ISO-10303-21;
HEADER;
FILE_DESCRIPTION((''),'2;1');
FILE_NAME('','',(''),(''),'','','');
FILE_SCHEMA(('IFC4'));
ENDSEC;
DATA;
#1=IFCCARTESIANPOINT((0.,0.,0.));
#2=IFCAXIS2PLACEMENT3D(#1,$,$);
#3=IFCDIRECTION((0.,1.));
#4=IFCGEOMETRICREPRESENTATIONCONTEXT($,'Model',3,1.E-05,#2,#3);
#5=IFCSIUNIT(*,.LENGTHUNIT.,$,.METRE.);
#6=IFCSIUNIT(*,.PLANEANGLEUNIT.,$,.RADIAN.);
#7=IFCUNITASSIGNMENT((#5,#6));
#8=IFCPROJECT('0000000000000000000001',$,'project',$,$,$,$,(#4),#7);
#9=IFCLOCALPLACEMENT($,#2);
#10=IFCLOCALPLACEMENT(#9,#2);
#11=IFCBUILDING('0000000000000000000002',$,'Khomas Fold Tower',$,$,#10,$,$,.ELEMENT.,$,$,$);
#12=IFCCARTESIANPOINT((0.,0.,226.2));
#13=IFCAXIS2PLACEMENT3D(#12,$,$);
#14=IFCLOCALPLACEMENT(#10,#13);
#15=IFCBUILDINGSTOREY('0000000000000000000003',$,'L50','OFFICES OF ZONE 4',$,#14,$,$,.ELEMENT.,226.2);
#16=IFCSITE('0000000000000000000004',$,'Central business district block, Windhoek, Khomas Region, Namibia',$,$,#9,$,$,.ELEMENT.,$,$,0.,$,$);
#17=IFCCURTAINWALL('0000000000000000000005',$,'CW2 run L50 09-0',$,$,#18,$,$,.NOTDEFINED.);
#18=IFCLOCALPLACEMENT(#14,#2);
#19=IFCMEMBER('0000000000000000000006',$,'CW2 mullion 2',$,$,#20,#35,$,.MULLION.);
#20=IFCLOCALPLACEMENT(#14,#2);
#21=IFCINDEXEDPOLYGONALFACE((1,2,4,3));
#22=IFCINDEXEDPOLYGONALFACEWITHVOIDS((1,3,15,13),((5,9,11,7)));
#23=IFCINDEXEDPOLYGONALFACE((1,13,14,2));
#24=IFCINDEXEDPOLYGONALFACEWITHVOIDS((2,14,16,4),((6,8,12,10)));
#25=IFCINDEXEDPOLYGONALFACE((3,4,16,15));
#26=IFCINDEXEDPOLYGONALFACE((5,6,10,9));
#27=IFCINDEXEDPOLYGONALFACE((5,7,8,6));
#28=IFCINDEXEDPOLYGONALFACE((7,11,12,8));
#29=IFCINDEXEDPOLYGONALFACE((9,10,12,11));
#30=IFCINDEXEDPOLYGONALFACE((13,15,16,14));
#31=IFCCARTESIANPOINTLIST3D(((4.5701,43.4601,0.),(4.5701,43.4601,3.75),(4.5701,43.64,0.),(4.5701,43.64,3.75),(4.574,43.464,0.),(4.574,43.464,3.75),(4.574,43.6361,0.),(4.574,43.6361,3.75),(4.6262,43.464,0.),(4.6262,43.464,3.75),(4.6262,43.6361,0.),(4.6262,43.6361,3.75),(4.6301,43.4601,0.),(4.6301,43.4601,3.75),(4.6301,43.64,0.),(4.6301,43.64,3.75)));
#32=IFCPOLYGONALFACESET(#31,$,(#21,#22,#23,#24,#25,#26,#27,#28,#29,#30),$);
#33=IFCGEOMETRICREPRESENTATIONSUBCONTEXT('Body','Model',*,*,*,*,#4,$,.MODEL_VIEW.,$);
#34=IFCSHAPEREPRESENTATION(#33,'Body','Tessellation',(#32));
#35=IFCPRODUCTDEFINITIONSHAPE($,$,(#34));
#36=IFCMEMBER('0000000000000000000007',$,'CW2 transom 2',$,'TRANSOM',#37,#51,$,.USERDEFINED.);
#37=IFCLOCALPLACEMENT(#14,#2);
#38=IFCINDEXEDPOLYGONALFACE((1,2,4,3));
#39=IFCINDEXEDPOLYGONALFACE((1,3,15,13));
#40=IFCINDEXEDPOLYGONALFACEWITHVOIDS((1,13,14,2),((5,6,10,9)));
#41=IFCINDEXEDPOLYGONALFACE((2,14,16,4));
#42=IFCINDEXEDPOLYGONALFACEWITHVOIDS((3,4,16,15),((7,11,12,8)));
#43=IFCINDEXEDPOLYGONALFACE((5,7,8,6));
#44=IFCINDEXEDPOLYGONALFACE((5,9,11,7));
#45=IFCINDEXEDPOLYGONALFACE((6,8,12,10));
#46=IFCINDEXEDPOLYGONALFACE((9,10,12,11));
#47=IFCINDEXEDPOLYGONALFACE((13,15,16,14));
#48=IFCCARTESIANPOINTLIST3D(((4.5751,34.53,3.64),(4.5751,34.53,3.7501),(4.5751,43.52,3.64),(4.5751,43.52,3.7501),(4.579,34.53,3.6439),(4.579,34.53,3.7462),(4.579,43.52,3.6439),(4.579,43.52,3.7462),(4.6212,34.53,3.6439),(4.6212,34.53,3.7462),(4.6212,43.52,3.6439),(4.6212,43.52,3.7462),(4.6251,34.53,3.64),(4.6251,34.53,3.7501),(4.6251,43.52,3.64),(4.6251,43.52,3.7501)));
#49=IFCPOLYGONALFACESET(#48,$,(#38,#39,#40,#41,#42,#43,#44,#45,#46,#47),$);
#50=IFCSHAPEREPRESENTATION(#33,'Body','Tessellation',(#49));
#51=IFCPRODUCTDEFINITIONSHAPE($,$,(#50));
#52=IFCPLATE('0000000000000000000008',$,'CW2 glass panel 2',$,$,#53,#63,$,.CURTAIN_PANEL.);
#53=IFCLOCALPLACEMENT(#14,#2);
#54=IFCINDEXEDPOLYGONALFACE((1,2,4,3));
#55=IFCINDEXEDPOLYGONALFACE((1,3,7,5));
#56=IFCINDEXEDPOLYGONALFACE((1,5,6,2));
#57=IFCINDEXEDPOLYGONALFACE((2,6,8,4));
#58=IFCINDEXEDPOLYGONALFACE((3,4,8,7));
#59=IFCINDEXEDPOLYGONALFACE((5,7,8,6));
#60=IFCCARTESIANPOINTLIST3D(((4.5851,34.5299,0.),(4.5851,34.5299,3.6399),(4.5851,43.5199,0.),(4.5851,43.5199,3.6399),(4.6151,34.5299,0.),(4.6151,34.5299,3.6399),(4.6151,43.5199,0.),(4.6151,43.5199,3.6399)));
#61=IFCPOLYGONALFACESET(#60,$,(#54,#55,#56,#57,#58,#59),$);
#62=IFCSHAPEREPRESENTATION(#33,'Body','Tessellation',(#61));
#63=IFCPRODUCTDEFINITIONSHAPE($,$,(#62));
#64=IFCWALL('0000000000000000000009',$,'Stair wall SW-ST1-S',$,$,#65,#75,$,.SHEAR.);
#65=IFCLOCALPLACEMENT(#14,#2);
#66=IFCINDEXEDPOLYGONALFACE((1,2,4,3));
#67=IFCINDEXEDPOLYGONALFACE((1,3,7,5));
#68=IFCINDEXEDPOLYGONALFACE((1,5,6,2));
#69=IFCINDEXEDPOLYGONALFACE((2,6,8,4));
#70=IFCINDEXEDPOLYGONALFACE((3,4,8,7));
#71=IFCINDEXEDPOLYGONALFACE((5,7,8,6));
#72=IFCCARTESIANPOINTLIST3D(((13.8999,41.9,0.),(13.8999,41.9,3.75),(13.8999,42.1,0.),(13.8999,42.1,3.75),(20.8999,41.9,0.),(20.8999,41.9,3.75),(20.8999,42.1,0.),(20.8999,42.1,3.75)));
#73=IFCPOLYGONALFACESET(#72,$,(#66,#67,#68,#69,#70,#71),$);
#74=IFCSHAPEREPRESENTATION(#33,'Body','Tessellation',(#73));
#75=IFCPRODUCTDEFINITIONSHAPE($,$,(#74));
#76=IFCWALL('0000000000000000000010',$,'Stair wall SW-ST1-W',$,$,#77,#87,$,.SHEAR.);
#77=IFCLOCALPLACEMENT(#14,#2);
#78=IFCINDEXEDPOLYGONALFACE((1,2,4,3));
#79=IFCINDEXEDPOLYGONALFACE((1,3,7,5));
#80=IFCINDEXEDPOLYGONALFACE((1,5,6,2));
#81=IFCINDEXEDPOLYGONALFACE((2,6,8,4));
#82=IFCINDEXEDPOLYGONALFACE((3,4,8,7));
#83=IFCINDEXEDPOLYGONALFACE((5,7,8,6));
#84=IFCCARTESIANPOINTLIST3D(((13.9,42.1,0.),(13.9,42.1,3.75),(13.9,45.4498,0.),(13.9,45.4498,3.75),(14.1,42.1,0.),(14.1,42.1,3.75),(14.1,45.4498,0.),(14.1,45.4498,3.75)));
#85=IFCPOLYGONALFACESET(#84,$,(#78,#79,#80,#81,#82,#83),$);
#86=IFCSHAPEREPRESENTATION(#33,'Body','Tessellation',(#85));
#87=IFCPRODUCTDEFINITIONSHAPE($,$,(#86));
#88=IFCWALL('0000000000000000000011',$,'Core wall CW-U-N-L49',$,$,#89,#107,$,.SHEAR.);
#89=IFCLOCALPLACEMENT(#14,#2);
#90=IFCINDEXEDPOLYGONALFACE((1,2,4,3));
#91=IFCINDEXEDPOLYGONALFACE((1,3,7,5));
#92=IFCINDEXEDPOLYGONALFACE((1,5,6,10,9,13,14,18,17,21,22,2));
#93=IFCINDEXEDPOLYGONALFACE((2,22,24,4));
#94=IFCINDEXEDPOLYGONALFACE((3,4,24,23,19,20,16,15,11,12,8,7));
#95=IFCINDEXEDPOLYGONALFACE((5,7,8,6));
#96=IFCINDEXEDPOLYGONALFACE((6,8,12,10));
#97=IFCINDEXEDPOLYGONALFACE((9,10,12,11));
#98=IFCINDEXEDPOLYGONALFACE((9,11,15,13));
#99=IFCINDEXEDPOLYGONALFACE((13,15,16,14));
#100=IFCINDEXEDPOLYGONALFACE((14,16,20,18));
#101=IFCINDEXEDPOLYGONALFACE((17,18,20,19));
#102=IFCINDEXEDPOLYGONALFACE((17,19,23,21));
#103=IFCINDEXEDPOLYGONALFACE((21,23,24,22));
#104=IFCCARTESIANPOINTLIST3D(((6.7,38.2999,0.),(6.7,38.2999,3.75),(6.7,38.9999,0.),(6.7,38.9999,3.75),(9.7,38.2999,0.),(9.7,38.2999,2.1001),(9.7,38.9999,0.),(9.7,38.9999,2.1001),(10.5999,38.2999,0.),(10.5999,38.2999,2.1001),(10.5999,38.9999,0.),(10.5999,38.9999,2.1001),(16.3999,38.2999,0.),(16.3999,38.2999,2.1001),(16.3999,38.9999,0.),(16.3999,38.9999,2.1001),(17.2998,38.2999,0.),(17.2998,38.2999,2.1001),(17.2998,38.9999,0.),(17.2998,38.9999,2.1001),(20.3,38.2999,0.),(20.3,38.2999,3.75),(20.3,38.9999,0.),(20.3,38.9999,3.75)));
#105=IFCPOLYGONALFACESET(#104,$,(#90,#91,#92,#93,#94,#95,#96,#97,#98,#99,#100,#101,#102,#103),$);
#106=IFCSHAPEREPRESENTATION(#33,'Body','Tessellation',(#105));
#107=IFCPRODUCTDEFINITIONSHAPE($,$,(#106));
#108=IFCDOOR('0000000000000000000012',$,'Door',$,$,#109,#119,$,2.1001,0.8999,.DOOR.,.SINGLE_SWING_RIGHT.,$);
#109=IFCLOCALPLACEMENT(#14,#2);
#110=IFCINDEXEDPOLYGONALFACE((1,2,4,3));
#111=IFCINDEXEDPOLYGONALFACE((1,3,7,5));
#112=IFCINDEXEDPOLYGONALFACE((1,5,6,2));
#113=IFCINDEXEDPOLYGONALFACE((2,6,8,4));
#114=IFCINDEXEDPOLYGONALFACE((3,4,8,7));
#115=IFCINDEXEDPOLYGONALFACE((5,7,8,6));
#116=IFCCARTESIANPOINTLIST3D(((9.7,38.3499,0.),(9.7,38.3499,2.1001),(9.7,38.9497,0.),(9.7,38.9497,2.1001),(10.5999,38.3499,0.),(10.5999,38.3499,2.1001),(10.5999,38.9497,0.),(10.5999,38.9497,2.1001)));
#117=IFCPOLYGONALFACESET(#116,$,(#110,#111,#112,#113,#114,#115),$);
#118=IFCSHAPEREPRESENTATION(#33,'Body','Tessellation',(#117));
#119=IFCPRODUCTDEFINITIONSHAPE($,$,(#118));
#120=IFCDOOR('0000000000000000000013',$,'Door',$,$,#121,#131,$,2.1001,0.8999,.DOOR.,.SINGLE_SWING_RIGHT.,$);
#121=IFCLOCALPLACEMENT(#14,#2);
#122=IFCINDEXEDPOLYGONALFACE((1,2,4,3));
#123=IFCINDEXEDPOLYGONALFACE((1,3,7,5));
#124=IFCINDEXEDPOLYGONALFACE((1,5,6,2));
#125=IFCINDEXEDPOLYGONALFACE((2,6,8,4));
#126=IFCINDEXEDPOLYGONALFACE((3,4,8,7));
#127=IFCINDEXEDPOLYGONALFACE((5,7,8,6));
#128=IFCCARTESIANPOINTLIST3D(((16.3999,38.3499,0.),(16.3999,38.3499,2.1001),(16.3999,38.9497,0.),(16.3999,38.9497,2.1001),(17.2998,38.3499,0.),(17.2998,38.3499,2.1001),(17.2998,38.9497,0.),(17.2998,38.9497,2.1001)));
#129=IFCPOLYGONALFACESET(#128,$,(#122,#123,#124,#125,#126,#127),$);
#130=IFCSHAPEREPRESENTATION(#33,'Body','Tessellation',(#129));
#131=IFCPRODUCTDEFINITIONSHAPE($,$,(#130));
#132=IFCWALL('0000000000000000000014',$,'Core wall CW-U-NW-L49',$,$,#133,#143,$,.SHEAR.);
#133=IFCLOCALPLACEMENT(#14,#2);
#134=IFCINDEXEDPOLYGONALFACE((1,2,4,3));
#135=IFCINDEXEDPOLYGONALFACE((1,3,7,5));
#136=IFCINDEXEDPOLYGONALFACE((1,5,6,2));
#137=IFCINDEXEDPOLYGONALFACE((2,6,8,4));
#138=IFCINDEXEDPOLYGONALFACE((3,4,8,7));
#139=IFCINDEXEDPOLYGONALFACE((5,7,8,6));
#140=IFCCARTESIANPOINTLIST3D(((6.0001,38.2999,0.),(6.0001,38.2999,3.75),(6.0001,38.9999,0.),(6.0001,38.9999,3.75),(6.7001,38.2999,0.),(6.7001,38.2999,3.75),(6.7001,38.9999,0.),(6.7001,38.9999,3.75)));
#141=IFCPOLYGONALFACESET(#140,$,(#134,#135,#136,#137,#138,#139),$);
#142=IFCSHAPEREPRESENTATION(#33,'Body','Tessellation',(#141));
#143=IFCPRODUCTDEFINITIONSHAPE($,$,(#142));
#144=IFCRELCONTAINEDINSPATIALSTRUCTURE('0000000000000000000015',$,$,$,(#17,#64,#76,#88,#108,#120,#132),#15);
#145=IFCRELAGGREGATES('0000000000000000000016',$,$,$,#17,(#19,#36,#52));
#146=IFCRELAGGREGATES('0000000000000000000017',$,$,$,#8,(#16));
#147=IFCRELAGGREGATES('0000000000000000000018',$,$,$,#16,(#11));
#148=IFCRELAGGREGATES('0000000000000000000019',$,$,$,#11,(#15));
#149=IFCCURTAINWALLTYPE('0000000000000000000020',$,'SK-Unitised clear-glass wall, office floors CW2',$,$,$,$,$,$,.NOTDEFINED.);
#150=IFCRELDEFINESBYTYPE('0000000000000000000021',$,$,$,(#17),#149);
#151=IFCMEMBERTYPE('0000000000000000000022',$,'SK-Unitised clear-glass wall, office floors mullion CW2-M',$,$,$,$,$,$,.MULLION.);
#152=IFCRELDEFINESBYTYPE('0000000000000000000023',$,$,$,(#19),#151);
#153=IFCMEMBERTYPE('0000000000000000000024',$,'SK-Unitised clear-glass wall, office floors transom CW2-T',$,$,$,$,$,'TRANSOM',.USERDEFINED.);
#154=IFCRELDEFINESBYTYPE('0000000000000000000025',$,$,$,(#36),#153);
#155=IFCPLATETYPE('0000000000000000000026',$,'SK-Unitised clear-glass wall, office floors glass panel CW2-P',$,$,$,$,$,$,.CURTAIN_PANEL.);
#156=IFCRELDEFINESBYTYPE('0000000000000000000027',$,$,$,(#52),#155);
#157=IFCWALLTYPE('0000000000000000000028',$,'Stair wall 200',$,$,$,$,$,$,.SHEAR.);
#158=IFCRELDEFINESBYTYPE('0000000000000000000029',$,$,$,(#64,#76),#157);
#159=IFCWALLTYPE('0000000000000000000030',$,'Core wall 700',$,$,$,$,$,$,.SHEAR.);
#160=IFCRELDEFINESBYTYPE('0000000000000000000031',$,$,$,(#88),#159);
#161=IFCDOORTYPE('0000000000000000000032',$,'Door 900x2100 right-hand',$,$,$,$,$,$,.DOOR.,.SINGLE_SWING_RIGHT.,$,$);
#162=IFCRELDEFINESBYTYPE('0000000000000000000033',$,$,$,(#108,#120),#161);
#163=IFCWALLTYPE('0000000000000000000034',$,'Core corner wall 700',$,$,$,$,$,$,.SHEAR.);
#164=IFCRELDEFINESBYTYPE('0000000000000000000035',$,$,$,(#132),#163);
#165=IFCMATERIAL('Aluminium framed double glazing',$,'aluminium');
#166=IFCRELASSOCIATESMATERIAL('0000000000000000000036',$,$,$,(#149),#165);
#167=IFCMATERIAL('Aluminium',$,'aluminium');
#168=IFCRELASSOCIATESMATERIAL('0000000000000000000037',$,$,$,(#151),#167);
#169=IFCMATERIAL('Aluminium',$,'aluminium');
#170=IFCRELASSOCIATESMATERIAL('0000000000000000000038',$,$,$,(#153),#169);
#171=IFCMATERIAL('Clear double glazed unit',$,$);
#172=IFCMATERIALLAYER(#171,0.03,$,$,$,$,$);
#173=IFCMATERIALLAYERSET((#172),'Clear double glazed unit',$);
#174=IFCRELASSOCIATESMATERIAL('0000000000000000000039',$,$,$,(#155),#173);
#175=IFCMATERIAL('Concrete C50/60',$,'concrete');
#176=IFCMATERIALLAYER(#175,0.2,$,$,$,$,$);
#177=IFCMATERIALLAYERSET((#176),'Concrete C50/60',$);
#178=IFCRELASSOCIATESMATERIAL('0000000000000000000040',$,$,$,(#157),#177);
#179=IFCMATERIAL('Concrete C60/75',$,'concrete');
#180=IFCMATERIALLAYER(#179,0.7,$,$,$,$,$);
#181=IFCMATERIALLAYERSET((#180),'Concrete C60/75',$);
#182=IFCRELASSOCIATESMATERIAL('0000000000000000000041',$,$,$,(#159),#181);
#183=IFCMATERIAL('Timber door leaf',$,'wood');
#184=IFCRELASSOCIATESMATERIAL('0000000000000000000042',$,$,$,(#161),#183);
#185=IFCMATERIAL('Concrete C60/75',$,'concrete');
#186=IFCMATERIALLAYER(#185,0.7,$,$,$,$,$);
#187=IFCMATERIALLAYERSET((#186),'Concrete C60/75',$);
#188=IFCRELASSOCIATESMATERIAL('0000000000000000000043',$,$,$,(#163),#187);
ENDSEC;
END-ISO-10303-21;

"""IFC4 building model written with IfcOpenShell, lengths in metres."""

from ifc_helpers import new_model, si_unit, direction, frame, frame_2d, origin, origin_2d, place, context, subcontext, project, spatial, rectangle, hollow_rectangle, extrude, source, transform, mapped, material, layer, layer_set, material_profile, profile_set, type_object, element, fill, aggregate, save


model = new_model("IFC4")

# Units and contexts
model_context = context("Model", 3, precision=1e-05, world=origin(), true_north=direction((0.0, 1.0)))
body_context = subcontext(model_context, "Body", "Model", "MODEL_VIEW")
ifc_project = project(units=[si_unit("LENGTHUNIT", "METRE"), si_unit("PLANEANGLEUNIT", "RADIAN")], contexts=[model_context])

# Site, building, storey
site_placement = place(None, origin())
site = spatial("IfcSite", under=ifc_project, at=site_placement, Name="Central business district block, Windhoek, Khomas Region, Namibia", CompositionType="ELEMENT", RefElevation=0.0)
building_placement = place(site_placement, origin())
building = spatial("IfcBuilding", under=site, at=building_placement, Name="Khomas Fold Tower", CompositionType="ELEMENT")
storey_placement = place(building_placement, frame((0.0, 0.0, 226.2)))
storey = spatial("IfcBuildingStorey", under=building, at=storey_placement, Name="L50", Description="OFFICES OF ZONE 4", CompositionType="ELEMENT", Elevation=226.2)

# Curtain wall, members, plate
ifc_material_1 = material(Name="Aluminium framed double glazing", Category="aluminium")
curtain_wall_type = type_object("IfcCurtainWallType", Name="SK-Unitised clear-glass wall, office floors CW2", PredefinedType="NOTDEFINED", material=ifc_material_1)
curtain_wall_placement = place(storey_placement, origin())
curtain_wall = element("IfcCurtainWall", 1, at=curtain_wall_placement, inside=storey, type_object=curtain_wall_type, Name="CW2 run L50 09-0", PredefinedType="NOTDEFINED")
ifc_material_2 = material(Name="Aluminium", Category="aluminium")
ifc_material_profile_1 = material_profile(ifc_material_2, hollow_rectangle(XDim=0.0601, YDim=0.1799, WallThickness=0.0039, at=origin_2d()), Name="SK-Unitised clear-glass wall, office floors mullion CW2-M")
ifc_profile_set_1 = profile_set([ifc_material_profile_1], Name="Aluminium")
member_type_1 = type_object("IfcMemberType", Name="SK-Unitised clear-glass wall, office floors mullion CW2-M", PredefinedType="MULLION", material=ifc_profile_set_1)
shared_shape_1 = source(origin(), body_context, "Body", "SweptSolid", [
    extrude(hollow_rectangle(XDim=0.0601, YDim=0.1799, WallThickness=0.0039, at=origin_2d()), origin(), (0.0, 0.0, 1.0), 3.75),
])
member_1_placement = place(storey_placement, frame((4.6001, 43.55, 0.0), z_axis=(0.0, 0.0, 1.0), x_axis=(1.0, 0.0, 0.0)))
member_1 = element("IfcMember", 2, at=member_1_placement, type_object=member_type_1, Name="CW2 mullion 2", PredefinedType="MULLION", context=body_context, shape_type="MappedRepresentation", body=[
    mapped(shared_shape_1, transform((0.0, 0.0, 0.0))),
])
ifc_material_3 = material(Name="Aluminium", Category="aluminium")
ifc_material_profile_2 = material_profile(ifc_material_3, hollow_rectangle(XDim=0.05, YDim=0.1101, WallThickness=0.0039, at=origin_2d()), Name="SK-Unitised clear-glass wall, office floors transom CW2-T")
ifc_profile_set_2 = profile_set([ifc_material_profile_2], Name="Aluminium")
member_type_2 = type_object("IfcMemberType", Name="SK-Unitised clear-glass wall, office floors transom CW2-T", ElementType="TRANSOM", PredefinedType="USERDEFINED", material=ifc_profile_set_2)
shared_shape_2 = source(origin(), body_context, "Body", "SweptSolid", [
    extrude(hollow_rectangle(XDim=0.05, YDim=0.1101, WallThickness=0.0039, at=origin_2d()), origin(), (0.0, 0.0, 1.0), 8.99),
])
member_2_placement = place(storey_placement, frame((4.6001, 43.52, 3.6951), z_axis=(0.0, -1.0, 0.0), x_axis=(1.0, 0.0, 0.0)))
member_2 = element("IfcMember", 3, at=member_2_placement, type_object=member_type_2, Name="CW2 transom 2", ObjectType="TRANSOM", PredefinedType="USERDEFINED", context=body_context, shape_type="MappedRepresentation", body=[
    mapped(shared_shape_2, transform((0.0, 0.0, 0.0))),
])
ifc_material_4 = material(Name="Clear double glazed unit")
ifc_layer_1 = layer(ifc_material_4, 0.03)
ifc_layer_set_1 = layer_set([ifc_layer_1], Name="Clear double glazed unit")
plate_type = type_object("IfcPlateType", Name="SK-Unitised clear-glass wall, office floors glass panel CW2-P", PredefinedType="CURTAIN_PANEL", material=ifc_layer_set_1)
shared_shape_3 = source(origin(), body_context, "Body", "SweptSolid", [
    extrude(rectangle(XDim=8.99, YDim=0.03, at=origin_2d()), origin(), (0.0, 0.0, 1.0), 3.6399),
])
plate_placement = place(storey_placement, frame((4.6001, 39.0249, 0.0), z_axis=(0.0, 0.0, 1.0), x_axis=(0.0, -1.0, 0.0)))
plate = element("IfcPlate", 4, at=plate_placement, type_object=plate_type, Name="CW2 glass panel 2", PredefinedType="CURTAIN_PANEL", context=body_context, shape_type="MappedRepresentation", body=[
    mapped(shared_shape_3, transform((0.0, 0.0, 0.0))),
])
aggregate(curtain_wall, [member_1, member_2, plate])

# Walls
ifc_material_5 = material(Name="Concrete C50/60", Category="concrete")
ifc_layer_2 = layer(ifc_material_5, 0.2)
ifc_layer_set_2 = layer_set([ifc_layer_2], Name="Concrete C50/60")
wall_type_1 = type_object("IfcWallType", Name="Stair wall 200", PredefinedType="SHEAR", material=ifc_layer_set_2)
shared_shape_4 = source(origin(), body_context, "Body", "SweptSolid", [
    extrude(rectangle(XDim=7.0, YDim=0.2, at=frame_2d((3.5, 0.0))), origin(), (0.0, 0.0, 1.0), 3.75),
])
wall_1_placement = place(storey_placement, frame((13.8999, 42.0, 0.0), z_axis=(0.0, 0.0, 1.0), x_axis=(1.0, 0.0, 0.0)))
element("IfcWall", 5, at=wall_1_placement, inside=storey, type_object=wall_type_1, Name="Stair wall SW-ST1-S", PredefinedType="SHEAR", context=body_context, shape_type="MappedRepresentation", body=[
    mapped(shared_shape_4, transform((0.0, 0.0, 0.0))),
])
shared_shape_5 = source(origin(), body_context, "Body", "SweptSolid", [
    extrude(rectangle(XDim=3.3499, YDim=0.2, at=frame_2d((1.6748, 0.0))), origin(), (0.0, 0.0, 1.0), 3.75),
])
wall_2_placement = place(storey_placement, frame((14.0, 42.1001, 0.0), z_axis=(0.0, 0.0, 1.0), x_axis=(0.0, 1.0, 0.0)))
element("IfcWall", 6, at=wall_2_placement, inside=storey, type_object=wall_type_1, Name="Stair wall SW-ST1-W", PredefinedType="SHEAR", context=body_context, shape_type="MappedRepresentation", body=[
    mapped(shared_shape_5, transform((0.0, 0.0, 0.0))),
])

# Wall, openings, doors
ifc_material_6 = material(Name="Concrete C60/75", Category="concrete")
ifc_layer_3 = layer(ifc_material_6, 0.7)
ifc_layer_set_3 = layer_set([ifc_layer_3], Name="Concrete C60/75")
wall_type_2 = type_object("IfcWallType", Name="Core wall 700", PredefinedType="SHEAR", material=ifc_layer_set_3)
shared_shape_6 = source(origin(), body_context, "Body", "SweptSolid", [
    extrude(rectangle(XDim=13.6001, YDim=0.7, at=frame_2d((6.8, 0.0))), origin(), (0.0, 0.0, 1.0), 3.75),
])
wall_3_placement = place(storey_placement, frame((6.7, 38.6499, 0.0), z_axis=(0.0, 0.0, 1.0), x_axis=(1.0, 0.0, 0.0)))
wall_3 = element("IfcWall", 7, at=wall_3_placement, inside=storey, type_object=wall_type_2, Name="Core wall CW-U-N-L49", PredefinedType="SHEAR", context=body_context, shape_type="MappedRepresentation", body=[
    mapped(shared_shape_6, transform((0.0, 0.0, 0.0))),
])
shared_shape_7 = source(origin(), body_context, "Body", "SweptSolid", [
    extrude(rectangle(XDim=0.8999, YDim=2.1001, at=frame_2d((0.45, 1.05))), frame((0.0, 0.3599, 0.0), z_axis=(0.0, -1.0, 0.0), x_axis=(1.0, 0.0, 0.0)), (0.0, 0.0, 1.0), 0.72),
])
opening_1_placement = place(wall_3_placement, frame((3.0, 0.0, 0.0)))
opening_1 = element("IfcOpeningElement", 8, at=opening_1_placement, cuts=wall_3, PredefinedType="OPENING", context=body_context, shape_type="MappedRepresentation", body=[
    mapped(shared_shape_7, transform((0.0, 0.0, 0.0))),
])
opening_2_placement = place(wall_3_placement, frame((9.7, 0.0, 0.0)))
opening_2 = element("IfcOpeningElement", 9, at=opening_2_placement, cuts=wall_3, PredefinedType="OPENING", context=body_context, shape_type="MappedRepresentation", body=[
    mapped(shared_shape_7, transform((0.0, 0.0, 0.0))),
])
ifc_material_7 = material(Name="Timber door leaf", Category="wood")
door_type = type_object("IfcDoorType", Name="Door 900x2100 right-hand", OperationType="SINGLE_SWING_RIGHT", PredefinedType="DOOR", material=ifc_material_7)
shared_shape_8 = source(origin(), body_context, "Body", "SweptSolid", [
    extrude(rectangle(XDim=0.8999, YDim=2.1001, at=frame_2d((0.45, 1.05))), frame((0.0, 0.2998, 0.0), z_axis=(0.0, -1.0, 0.0), x_axis=(1.0, 0.0, 0.0)), (0.0, 0.0, 1.0), 0.5999),
])
door_1_placement = place(opening_1_placement, origin())
door_1 = element("IfcDoor", 10, at=door_1_placement, inside=storey, type_object=door_type, Name="Door", OperationType="SINGLE_SWING_RIGHT", OverallHeight=2.1001, OverallWidth=0.8999, PredefinedType="DOOR", context=body_context, shape_type="MappedRepresentation", body=[
    mapped(shared_shape_8, transform((0.0, 0.0, 0.0))),
])
fill(opening_1, door_1)
door_2_placement = place(opening_2_placement, origin())
door_2 = element("IfcDoor", 11, at=door_2_placement, inside=storey, type_object=door_type, Name="Door", OperationType="SINGLE_SWING_RIGHT", OverallHeight=2.1001, OverallWidth=0.8999, PredefinedType="DOOR", context=body_context, shape_type="MappedRepresentation", body=[
    mapped(shared_shape_8, transform((0.0, 0.0, 0.0))),
])
fill(opening_2, door_2)

# Wall
ifc_material_8 = material(Name="Concrete C60/75", Category="concrete")
ifc_layer_4 = layer(ifc_material_8, 0.7)
ifc_layer_set_4 = layer_set([ifc_layer_4], Name="Concrete C60/75")
wall_type_3 = type_object("IfcWallType", Name="Core corner wall 700", PredefinedType="SHEAR", material=ifc_layer_set_4)
shared_shape_9 = source(origin(), body_context, "Body", "SweptSolid", [
    extrude(rectangle(XDim=0.7, YDim=0.7, at=frame_2d((0.3501, 0.0))), origin(), (0.0, 0.0, 1.0), 3.75),
])
wall_4_placement = place(storey_placement, frame((6.0, 38.6499, 0.0), z_axis=(0.0, 0.0, 1.0), x_axis=(1.0, 0.0, 0.0)))
element("IfcWall", 12, at=wall_4_placement, inside=storey, type_object=wall_type_3, Name="Core wall CW-U-NW-L49", PredefinedType="SHEAR", context=body_context, shape_type="MappedRepresentation", body=[
    mapped(shared_shape_9, transform((0.0, 0.0, 0.0))),
])

save(model, "model.ifc")
